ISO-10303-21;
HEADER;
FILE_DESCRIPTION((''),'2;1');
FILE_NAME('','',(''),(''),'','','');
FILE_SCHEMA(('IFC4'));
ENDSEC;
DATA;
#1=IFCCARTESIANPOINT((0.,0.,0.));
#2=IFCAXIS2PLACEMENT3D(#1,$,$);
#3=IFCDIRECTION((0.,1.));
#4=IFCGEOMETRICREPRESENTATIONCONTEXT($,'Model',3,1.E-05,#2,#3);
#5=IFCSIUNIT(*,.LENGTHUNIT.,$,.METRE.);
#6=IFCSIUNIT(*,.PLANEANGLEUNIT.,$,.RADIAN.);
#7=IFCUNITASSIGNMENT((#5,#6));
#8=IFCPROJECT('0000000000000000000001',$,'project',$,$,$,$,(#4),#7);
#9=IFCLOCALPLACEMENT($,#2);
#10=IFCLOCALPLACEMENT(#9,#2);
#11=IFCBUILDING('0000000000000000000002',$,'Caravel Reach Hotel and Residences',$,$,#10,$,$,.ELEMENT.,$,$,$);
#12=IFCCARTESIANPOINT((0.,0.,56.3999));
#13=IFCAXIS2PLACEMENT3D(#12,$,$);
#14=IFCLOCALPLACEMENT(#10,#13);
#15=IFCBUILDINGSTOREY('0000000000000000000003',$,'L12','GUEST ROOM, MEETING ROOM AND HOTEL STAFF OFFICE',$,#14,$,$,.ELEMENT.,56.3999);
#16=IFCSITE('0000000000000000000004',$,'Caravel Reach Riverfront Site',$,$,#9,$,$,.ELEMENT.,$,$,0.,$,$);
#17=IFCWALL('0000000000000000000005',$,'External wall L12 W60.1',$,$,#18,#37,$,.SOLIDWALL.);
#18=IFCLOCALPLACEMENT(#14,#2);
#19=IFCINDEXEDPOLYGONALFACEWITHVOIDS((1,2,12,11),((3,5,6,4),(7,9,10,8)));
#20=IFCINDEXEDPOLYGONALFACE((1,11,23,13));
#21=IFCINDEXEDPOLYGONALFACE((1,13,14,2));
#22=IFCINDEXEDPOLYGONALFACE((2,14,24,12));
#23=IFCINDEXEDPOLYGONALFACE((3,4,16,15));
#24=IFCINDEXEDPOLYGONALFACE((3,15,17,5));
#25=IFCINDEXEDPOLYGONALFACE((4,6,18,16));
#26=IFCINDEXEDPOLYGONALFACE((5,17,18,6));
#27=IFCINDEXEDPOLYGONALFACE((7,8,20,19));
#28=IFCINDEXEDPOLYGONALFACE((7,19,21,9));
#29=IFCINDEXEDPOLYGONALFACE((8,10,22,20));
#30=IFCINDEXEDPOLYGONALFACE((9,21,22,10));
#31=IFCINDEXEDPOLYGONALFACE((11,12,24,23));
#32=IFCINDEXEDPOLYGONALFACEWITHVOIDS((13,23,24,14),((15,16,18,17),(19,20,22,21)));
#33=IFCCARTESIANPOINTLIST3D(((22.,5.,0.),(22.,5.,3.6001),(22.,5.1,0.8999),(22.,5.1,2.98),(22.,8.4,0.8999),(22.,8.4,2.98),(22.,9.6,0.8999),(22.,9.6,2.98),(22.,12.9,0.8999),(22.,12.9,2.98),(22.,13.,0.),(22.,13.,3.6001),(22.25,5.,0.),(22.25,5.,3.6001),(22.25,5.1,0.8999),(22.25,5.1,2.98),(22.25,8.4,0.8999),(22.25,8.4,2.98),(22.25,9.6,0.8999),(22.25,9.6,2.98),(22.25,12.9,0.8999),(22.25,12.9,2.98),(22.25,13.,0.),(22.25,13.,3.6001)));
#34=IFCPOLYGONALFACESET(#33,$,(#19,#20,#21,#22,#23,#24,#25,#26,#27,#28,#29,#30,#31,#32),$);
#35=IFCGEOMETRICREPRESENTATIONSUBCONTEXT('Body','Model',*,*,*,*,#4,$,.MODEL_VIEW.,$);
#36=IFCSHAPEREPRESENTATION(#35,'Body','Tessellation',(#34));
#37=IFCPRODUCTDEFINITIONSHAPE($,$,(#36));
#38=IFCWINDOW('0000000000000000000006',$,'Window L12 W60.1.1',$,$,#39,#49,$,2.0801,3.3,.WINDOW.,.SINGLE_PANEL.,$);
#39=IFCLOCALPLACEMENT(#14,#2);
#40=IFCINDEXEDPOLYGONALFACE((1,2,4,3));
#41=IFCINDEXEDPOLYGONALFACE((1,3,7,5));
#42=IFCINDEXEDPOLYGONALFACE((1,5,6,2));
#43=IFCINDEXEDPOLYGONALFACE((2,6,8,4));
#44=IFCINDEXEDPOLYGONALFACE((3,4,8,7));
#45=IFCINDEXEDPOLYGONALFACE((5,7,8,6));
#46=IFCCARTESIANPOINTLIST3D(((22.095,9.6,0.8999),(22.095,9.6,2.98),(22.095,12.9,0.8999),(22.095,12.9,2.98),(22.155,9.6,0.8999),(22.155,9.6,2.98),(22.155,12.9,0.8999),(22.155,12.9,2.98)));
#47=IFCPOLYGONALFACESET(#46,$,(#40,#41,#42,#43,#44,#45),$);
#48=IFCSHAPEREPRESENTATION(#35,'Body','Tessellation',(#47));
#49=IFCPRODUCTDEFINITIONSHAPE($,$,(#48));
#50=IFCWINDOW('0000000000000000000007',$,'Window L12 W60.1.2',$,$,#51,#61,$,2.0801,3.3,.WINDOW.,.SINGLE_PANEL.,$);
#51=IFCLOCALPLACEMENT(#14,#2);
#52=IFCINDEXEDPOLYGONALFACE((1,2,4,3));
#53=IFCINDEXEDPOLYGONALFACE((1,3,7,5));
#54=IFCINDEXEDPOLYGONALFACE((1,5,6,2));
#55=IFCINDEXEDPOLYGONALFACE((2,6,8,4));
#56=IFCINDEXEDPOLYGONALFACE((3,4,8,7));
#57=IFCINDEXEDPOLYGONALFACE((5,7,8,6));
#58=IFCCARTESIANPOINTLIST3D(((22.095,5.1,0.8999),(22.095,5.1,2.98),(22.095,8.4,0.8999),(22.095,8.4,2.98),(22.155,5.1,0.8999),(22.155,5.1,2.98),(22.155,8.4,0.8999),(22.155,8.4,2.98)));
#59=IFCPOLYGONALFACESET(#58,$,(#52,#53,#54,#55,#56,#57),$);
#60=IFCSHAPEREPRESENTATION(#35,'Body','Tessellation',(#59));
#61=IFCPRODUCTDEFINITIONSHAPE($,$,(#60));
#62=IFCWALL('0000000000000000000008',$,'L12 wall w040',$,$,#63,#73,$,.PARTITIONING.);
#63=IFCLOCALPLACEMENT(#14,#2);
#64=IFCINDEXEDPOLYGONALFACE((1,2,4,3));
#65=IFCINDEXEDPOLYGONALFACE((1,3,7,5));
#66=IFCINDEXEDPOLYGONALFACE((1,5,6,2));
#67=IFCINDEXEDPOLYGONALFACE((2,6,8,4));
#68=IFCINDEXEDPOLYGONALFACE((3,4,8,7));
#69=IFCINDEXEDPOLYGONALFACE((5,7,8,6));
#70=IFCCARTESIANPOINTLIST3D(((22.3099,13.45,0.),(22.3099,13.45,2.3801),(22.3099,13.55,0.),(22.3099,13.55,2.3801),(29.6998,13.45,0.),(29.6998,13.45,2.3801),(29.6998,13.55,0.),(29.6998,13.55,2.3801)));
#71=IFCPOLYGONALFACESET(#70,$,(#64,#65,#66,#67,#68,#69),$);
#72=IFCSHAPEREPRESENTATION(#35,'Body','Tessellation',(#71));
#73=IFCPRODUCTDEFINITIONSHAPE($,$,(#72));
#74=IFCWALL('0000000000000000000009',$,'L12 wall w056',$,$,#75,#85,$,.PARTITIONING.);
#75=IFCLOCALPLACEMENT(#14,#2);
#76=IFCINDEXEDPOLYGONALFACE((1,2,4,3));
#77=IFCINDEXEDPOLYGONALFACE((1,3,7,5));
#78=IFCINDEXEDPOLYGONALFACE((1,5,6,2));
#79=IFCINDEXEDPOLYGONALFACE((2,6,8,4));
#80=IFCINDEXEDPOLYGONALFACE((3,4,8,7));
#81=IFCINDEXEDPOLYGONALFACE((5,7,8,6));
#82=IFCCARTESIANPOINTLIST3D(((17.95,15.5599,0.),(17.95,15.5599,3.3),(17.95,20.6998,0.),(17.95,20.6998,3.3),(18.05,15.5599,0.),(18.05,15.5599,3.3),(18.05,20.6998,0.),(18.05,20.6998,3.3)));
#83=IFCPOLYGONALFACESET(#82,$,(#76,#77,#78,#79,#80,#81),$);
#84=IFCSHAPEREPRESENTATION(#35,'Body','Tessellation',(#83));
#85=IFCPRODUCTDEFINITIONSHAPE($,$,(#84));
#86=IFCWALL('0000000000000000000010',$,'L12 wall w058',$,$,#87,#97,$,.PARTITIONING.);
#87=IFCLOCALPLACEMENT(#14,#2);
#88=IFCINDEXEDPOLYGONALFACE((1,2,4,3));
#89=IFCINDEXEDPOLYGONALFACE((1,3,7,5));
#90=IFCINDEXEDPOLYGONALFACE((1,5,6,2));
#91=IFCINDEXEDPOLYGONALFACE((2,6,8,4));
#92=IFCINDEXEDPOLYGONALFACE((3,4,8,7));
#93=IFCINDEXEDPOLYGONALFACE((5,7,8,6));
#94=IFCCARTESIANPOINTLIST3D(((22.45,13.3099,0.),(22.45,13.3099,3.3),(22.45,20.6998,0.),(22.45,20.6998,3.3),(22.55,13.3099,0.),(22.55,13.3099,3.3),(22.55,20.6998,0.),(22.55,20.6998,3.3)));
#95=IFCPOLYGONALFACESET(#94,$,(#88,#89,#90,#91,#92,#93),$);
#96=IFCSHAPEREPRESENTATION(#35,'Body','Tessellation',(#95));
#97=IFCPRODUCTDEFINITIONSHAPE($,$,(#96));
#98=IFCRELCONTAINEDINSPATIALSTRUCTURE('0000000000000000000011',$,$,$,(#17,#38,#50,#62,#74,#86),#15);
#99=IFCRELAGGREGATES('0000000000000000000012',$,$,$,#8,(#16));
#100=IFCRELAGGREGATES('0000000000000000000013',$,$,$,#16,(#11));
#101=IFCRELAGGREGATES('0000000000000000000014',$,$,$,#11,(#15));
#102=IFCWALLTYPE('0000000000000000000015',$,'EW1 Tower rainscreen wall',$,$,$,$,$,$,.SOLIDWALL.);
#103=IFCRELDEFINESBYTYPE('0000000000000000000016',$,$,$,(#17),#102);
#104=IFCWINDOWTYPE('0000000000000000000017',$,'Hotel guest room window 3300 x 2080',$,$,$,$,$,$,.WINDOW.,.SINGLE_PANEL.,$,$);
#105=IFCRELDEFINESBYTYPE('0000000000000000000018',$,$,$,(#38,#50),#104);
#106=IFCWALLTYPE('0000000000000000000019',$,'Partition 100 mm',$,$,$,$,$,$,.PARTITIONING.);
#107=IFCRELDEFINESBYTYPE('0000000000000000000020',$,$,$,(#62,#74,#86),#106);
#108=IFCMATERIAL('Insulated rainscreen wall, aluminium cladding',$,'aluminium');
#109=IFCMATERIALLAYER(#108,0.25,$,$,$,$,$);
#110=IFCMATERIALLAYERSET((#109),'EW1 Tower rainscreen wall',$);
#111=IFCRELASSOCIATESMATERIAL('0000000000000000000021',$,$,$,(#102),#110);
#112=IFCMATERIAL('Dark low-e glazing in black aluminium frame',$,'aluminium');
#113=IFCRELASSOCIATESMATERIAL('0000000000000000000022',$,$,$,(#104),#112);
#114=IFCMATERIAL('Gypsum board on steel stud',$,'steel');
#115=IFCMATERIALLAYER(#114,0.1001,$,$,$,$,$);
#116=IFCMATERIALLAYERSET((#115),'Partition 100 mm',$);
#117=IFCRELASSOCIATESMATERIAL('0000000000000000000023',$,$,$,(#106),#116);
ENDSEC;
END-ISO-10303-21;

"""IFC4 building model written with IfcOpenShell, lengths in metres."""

from ifc_helpers import new_model, si_unit, direction, frame, frame_2d, origin, place, context, subcontext, project, spatial, rectangle, extrude, material, layer, layer_set, type_object, element, fill, save


model = new_model("IFC4")

# Units and contexts
model_context = context("Model", 3, precision=1e-05, world=origin(), true_north=direction((0.0, 1.0)))
body_context = subcontext(model_context, "Body", "Model", "MODEL_VIEW")
ifc_project = project(units=[si_unit("LENGTHUNIT", "METRE"), si_unit("PLANEANGLEUNIT", "RADIAN")], contexts=[model_context])

# Site, building, storey
site_placement = place(None, origin())
site = spatial("IfcSite", under=ifc_project, at=site_placement, Name="Caravel Reach Riverfront Site", CompositionType="ELEMENT", RefElevation=0.0)
building_placement = place(site_placement, origin())
building = spatial("IfcBuilding", under=site, at=building_placement, Name="Caravel Reach Hotel and Residences", CompositionType="ELEMENT")
storey_placement = place(building_placement, frame((0.0, 0.0, 56.3999)))
storey = spatial("IfcBuildingStorey", under=building, at=storey_placement, Name="L12", Description="GUEST ROOM, MEETING ROOM AND HOTEL STAFF OFFICE", CompositionType="ELEMENT", Elevation=56.3999)

# Shared definitions
ifc_material_1 = material(Name="Insulated rainscreen wall, aluminium cladding", Category="aluminium")
ifc_layer_1 = layer(ifc_material_1, 0.25)
ifc_layer_set_1 = layer_set([ifc_layer_1], Name="EW1 Tower rainscreen wall")
wall_type_1 = type_object("IfcWallType", Name="EW1 Tower rainscreen wall", PredefinedType="SOLIDWALL", material=ifc_layer_set_1)
ifc_material_2 = material(Name="Dark low-e glazing in black aluminium frame", Category="aluminium")
window_type_1 = type_object("IfcWindowType", Name="Hotel guest room window 3300 x 2080", PartitioningType="SINGLE_PANEL", PredefinedType="WINDOW", material=ifc_material_2)

# Wall, openings, windows
wall_1_placement = place(storey_placement, frame((22.125, 13.0, 0.0), z_axis=(0.0, 0.0, 1.0), x_axis=(0.0, -1.0, 0.0)))
wall_1 = element("IfcWall", 1, at=wall_1_placement, inside=storey, type_object=wall_type_1, Name="External wall L12 W60.1", PredefinedType="SOLIDWALL", context=body_context, shape_type="SweptSolid", body=[
    extrude(rectangle(XDim=8.0, YDim=0.25, at=frame_2d((4.0, 0.0))), origin(), (0.0, 0.0, 1.0), 3.6001),
])
opening_1_placement = place(wall_1_placement, frame((0.1001, 0.0, 0.8999)))
opening_1 = element("IfcOpeningElement", 2, at=opening_1_placement, cuts=wall_1, PredefinedType="OPENING", context=body_context, shape_type="SweptSolid", body=[
    extrude(rectangle(XDim=3.3, YDim=2.0801, at=frame_2d((1.6499, 1.04))), frame((0.0, 0.135, 0.0), z_axis=(0.0, -1.0, 0.0), x_axis=(1.0, 0.0, 0.0)), (0.0, 0.0, 1.0), 0.27),
])
opening_2_placement = place(wall_1_placement, frame((4.6001, 0.0, 0.8999)))
opening_2 = element("IfcOpeningElement", 3, at=opening_2_placement, cuts=wall_1, PredefinedType="OPENING", context=body_context, shape_type="SweptSolid", body=[
    extrude(rectangle(XDim=3.3, YDim=2.0801, at=frame_2d((1.6499, 1.04))), frame((0.0, 0.135, 0.0), z_axis=(0.0, -1.0, 0.0), x_axis=(1.0, 0.0, 0.0)), (0.0, 0.0, 1.0), 0.27),
])
window_1_placement = place(opening_1_placement, origin())
window_1 = element("IfcWindow", 4, at=window_1_placement, inside=storey, type_object=window_type_1, Name="Window L12 W60.1.1", OverallHeight=2.0801, OverallWidth=3.3, PartitioningType="SINGLE_PANEL", PredefinedType="WINDOW", context=body_context, shape_type="SweptSolid", body=[
    extrude(rectangle(XDim=3.3, YDim=2.0801, at=frame_2d((1.6499, 1.04))), frame((0.0, 0.03, 0.0), z_axis=(0.0, -1.0, 0.0), x_axis=(1.0, 0.0, 0.0)), (0.0, 0.0, 1.0), 0.0601),
])
fill(opening_1, window_1)
window_2_placement = place(opening_2_placement, origin())
window_2 = element("IfcWindow", 5, at=window_2_placement, inside=storey, type_object=window_type_1, Name="Window L12 W60.1.2", OverallHeight=2.0801, OverallWidth=3.3, PartitioningType="SINGLE_PANEL", PredefinedType="WINDOW", context=body_context, shape_type="SweptSolid", body=[
    extrude(rectangle(XDim=3.3, YDim=2.0801, at=frame_2d((1.6499, 1.04))), frame((0.0, 0.03, 0.0), z_axis=(0.0, -1.0, 0.0), x_axis=(1.0, 0.0, 0.0)), (0.0, 0.0, 1.0), 0.0601),
])
fill(opening_2, window_2)

# Walls
ifc_material_3 = material(Name="Gypsum board on steel stud", Category="steel")
ifc_layer_2 = layer(ifc_material_3, 0.1001)
ifc_layer_set_2 = layer_set([ifc_layer_2], Name="Partition 100 mm")
wall_type_2 = type_object("IfcWallType", Name="Partition 100 mm", PredefinedType="PARTITIONING", material=ifc_layer_set_2)
wall_2_placement = place(storey_placement, frame((22.3101, 13.5, 0.0), z_axis=(0.0, 0.0, 1.0), x_axis=(1.0, 0.0, 0.0)))
element("IfcWall", 6, at=wall_2_placement, inside=storey, type_object=wall_type_2, Name="L12 wall w040", PredefinedType="PARTITIONING", context=body_context, shape_type="SweptSolid", body=[
    extrude(rectangle(XDim=7.3899, YDim=0.1001, at=frame_2d((3.6948, 0.0))), origin(), (0.0, 0.0, 1.0), 2.3801),
])
wall_3_placement = place(storey_placement, frame((18.0, 15.5601, 0.0), z_axis=(0.0, 0.0, 1.0), x_axis=(0.0, 1.0, 0.0)))
element("IfcWall", 7, at=wall_3_placement, inside=storey, type_object=wall_type_2, Name="L12 wall w056", PredefinedType="PARTITIONING", context=body_context, shape_type="SweptSolid", body=[
    extrude(rectangle(XDim=5.1399, YDim=0.1001, at=frame_2d((2.5698, 0.0))), origin(), (0.0, 0.0, 1.0), 3.3),
])
wall_4_placement = place(storey_placement, frame((22.5, 13.3101, 0.0), z_axis=(0.0, 0.0, 1.0), x_axis=(0.0, 1.0, 0.0)))
element("IfcWall", 8, at=wall_4_placement, inside=storey, type_object=wall_type_2, Name="L12 wall w058", PredefinedType="PARTITIONING", context=body_context, shape_type="SweptSolid", body=[
    extrude(rectangle(XDim=7.3899, YDim=0.1001, at=frame_2d((3.6948, 0.0))), origin(), (0.0, 0.0, 1.0), 3.3),
])

save(model, "model.ifc")
